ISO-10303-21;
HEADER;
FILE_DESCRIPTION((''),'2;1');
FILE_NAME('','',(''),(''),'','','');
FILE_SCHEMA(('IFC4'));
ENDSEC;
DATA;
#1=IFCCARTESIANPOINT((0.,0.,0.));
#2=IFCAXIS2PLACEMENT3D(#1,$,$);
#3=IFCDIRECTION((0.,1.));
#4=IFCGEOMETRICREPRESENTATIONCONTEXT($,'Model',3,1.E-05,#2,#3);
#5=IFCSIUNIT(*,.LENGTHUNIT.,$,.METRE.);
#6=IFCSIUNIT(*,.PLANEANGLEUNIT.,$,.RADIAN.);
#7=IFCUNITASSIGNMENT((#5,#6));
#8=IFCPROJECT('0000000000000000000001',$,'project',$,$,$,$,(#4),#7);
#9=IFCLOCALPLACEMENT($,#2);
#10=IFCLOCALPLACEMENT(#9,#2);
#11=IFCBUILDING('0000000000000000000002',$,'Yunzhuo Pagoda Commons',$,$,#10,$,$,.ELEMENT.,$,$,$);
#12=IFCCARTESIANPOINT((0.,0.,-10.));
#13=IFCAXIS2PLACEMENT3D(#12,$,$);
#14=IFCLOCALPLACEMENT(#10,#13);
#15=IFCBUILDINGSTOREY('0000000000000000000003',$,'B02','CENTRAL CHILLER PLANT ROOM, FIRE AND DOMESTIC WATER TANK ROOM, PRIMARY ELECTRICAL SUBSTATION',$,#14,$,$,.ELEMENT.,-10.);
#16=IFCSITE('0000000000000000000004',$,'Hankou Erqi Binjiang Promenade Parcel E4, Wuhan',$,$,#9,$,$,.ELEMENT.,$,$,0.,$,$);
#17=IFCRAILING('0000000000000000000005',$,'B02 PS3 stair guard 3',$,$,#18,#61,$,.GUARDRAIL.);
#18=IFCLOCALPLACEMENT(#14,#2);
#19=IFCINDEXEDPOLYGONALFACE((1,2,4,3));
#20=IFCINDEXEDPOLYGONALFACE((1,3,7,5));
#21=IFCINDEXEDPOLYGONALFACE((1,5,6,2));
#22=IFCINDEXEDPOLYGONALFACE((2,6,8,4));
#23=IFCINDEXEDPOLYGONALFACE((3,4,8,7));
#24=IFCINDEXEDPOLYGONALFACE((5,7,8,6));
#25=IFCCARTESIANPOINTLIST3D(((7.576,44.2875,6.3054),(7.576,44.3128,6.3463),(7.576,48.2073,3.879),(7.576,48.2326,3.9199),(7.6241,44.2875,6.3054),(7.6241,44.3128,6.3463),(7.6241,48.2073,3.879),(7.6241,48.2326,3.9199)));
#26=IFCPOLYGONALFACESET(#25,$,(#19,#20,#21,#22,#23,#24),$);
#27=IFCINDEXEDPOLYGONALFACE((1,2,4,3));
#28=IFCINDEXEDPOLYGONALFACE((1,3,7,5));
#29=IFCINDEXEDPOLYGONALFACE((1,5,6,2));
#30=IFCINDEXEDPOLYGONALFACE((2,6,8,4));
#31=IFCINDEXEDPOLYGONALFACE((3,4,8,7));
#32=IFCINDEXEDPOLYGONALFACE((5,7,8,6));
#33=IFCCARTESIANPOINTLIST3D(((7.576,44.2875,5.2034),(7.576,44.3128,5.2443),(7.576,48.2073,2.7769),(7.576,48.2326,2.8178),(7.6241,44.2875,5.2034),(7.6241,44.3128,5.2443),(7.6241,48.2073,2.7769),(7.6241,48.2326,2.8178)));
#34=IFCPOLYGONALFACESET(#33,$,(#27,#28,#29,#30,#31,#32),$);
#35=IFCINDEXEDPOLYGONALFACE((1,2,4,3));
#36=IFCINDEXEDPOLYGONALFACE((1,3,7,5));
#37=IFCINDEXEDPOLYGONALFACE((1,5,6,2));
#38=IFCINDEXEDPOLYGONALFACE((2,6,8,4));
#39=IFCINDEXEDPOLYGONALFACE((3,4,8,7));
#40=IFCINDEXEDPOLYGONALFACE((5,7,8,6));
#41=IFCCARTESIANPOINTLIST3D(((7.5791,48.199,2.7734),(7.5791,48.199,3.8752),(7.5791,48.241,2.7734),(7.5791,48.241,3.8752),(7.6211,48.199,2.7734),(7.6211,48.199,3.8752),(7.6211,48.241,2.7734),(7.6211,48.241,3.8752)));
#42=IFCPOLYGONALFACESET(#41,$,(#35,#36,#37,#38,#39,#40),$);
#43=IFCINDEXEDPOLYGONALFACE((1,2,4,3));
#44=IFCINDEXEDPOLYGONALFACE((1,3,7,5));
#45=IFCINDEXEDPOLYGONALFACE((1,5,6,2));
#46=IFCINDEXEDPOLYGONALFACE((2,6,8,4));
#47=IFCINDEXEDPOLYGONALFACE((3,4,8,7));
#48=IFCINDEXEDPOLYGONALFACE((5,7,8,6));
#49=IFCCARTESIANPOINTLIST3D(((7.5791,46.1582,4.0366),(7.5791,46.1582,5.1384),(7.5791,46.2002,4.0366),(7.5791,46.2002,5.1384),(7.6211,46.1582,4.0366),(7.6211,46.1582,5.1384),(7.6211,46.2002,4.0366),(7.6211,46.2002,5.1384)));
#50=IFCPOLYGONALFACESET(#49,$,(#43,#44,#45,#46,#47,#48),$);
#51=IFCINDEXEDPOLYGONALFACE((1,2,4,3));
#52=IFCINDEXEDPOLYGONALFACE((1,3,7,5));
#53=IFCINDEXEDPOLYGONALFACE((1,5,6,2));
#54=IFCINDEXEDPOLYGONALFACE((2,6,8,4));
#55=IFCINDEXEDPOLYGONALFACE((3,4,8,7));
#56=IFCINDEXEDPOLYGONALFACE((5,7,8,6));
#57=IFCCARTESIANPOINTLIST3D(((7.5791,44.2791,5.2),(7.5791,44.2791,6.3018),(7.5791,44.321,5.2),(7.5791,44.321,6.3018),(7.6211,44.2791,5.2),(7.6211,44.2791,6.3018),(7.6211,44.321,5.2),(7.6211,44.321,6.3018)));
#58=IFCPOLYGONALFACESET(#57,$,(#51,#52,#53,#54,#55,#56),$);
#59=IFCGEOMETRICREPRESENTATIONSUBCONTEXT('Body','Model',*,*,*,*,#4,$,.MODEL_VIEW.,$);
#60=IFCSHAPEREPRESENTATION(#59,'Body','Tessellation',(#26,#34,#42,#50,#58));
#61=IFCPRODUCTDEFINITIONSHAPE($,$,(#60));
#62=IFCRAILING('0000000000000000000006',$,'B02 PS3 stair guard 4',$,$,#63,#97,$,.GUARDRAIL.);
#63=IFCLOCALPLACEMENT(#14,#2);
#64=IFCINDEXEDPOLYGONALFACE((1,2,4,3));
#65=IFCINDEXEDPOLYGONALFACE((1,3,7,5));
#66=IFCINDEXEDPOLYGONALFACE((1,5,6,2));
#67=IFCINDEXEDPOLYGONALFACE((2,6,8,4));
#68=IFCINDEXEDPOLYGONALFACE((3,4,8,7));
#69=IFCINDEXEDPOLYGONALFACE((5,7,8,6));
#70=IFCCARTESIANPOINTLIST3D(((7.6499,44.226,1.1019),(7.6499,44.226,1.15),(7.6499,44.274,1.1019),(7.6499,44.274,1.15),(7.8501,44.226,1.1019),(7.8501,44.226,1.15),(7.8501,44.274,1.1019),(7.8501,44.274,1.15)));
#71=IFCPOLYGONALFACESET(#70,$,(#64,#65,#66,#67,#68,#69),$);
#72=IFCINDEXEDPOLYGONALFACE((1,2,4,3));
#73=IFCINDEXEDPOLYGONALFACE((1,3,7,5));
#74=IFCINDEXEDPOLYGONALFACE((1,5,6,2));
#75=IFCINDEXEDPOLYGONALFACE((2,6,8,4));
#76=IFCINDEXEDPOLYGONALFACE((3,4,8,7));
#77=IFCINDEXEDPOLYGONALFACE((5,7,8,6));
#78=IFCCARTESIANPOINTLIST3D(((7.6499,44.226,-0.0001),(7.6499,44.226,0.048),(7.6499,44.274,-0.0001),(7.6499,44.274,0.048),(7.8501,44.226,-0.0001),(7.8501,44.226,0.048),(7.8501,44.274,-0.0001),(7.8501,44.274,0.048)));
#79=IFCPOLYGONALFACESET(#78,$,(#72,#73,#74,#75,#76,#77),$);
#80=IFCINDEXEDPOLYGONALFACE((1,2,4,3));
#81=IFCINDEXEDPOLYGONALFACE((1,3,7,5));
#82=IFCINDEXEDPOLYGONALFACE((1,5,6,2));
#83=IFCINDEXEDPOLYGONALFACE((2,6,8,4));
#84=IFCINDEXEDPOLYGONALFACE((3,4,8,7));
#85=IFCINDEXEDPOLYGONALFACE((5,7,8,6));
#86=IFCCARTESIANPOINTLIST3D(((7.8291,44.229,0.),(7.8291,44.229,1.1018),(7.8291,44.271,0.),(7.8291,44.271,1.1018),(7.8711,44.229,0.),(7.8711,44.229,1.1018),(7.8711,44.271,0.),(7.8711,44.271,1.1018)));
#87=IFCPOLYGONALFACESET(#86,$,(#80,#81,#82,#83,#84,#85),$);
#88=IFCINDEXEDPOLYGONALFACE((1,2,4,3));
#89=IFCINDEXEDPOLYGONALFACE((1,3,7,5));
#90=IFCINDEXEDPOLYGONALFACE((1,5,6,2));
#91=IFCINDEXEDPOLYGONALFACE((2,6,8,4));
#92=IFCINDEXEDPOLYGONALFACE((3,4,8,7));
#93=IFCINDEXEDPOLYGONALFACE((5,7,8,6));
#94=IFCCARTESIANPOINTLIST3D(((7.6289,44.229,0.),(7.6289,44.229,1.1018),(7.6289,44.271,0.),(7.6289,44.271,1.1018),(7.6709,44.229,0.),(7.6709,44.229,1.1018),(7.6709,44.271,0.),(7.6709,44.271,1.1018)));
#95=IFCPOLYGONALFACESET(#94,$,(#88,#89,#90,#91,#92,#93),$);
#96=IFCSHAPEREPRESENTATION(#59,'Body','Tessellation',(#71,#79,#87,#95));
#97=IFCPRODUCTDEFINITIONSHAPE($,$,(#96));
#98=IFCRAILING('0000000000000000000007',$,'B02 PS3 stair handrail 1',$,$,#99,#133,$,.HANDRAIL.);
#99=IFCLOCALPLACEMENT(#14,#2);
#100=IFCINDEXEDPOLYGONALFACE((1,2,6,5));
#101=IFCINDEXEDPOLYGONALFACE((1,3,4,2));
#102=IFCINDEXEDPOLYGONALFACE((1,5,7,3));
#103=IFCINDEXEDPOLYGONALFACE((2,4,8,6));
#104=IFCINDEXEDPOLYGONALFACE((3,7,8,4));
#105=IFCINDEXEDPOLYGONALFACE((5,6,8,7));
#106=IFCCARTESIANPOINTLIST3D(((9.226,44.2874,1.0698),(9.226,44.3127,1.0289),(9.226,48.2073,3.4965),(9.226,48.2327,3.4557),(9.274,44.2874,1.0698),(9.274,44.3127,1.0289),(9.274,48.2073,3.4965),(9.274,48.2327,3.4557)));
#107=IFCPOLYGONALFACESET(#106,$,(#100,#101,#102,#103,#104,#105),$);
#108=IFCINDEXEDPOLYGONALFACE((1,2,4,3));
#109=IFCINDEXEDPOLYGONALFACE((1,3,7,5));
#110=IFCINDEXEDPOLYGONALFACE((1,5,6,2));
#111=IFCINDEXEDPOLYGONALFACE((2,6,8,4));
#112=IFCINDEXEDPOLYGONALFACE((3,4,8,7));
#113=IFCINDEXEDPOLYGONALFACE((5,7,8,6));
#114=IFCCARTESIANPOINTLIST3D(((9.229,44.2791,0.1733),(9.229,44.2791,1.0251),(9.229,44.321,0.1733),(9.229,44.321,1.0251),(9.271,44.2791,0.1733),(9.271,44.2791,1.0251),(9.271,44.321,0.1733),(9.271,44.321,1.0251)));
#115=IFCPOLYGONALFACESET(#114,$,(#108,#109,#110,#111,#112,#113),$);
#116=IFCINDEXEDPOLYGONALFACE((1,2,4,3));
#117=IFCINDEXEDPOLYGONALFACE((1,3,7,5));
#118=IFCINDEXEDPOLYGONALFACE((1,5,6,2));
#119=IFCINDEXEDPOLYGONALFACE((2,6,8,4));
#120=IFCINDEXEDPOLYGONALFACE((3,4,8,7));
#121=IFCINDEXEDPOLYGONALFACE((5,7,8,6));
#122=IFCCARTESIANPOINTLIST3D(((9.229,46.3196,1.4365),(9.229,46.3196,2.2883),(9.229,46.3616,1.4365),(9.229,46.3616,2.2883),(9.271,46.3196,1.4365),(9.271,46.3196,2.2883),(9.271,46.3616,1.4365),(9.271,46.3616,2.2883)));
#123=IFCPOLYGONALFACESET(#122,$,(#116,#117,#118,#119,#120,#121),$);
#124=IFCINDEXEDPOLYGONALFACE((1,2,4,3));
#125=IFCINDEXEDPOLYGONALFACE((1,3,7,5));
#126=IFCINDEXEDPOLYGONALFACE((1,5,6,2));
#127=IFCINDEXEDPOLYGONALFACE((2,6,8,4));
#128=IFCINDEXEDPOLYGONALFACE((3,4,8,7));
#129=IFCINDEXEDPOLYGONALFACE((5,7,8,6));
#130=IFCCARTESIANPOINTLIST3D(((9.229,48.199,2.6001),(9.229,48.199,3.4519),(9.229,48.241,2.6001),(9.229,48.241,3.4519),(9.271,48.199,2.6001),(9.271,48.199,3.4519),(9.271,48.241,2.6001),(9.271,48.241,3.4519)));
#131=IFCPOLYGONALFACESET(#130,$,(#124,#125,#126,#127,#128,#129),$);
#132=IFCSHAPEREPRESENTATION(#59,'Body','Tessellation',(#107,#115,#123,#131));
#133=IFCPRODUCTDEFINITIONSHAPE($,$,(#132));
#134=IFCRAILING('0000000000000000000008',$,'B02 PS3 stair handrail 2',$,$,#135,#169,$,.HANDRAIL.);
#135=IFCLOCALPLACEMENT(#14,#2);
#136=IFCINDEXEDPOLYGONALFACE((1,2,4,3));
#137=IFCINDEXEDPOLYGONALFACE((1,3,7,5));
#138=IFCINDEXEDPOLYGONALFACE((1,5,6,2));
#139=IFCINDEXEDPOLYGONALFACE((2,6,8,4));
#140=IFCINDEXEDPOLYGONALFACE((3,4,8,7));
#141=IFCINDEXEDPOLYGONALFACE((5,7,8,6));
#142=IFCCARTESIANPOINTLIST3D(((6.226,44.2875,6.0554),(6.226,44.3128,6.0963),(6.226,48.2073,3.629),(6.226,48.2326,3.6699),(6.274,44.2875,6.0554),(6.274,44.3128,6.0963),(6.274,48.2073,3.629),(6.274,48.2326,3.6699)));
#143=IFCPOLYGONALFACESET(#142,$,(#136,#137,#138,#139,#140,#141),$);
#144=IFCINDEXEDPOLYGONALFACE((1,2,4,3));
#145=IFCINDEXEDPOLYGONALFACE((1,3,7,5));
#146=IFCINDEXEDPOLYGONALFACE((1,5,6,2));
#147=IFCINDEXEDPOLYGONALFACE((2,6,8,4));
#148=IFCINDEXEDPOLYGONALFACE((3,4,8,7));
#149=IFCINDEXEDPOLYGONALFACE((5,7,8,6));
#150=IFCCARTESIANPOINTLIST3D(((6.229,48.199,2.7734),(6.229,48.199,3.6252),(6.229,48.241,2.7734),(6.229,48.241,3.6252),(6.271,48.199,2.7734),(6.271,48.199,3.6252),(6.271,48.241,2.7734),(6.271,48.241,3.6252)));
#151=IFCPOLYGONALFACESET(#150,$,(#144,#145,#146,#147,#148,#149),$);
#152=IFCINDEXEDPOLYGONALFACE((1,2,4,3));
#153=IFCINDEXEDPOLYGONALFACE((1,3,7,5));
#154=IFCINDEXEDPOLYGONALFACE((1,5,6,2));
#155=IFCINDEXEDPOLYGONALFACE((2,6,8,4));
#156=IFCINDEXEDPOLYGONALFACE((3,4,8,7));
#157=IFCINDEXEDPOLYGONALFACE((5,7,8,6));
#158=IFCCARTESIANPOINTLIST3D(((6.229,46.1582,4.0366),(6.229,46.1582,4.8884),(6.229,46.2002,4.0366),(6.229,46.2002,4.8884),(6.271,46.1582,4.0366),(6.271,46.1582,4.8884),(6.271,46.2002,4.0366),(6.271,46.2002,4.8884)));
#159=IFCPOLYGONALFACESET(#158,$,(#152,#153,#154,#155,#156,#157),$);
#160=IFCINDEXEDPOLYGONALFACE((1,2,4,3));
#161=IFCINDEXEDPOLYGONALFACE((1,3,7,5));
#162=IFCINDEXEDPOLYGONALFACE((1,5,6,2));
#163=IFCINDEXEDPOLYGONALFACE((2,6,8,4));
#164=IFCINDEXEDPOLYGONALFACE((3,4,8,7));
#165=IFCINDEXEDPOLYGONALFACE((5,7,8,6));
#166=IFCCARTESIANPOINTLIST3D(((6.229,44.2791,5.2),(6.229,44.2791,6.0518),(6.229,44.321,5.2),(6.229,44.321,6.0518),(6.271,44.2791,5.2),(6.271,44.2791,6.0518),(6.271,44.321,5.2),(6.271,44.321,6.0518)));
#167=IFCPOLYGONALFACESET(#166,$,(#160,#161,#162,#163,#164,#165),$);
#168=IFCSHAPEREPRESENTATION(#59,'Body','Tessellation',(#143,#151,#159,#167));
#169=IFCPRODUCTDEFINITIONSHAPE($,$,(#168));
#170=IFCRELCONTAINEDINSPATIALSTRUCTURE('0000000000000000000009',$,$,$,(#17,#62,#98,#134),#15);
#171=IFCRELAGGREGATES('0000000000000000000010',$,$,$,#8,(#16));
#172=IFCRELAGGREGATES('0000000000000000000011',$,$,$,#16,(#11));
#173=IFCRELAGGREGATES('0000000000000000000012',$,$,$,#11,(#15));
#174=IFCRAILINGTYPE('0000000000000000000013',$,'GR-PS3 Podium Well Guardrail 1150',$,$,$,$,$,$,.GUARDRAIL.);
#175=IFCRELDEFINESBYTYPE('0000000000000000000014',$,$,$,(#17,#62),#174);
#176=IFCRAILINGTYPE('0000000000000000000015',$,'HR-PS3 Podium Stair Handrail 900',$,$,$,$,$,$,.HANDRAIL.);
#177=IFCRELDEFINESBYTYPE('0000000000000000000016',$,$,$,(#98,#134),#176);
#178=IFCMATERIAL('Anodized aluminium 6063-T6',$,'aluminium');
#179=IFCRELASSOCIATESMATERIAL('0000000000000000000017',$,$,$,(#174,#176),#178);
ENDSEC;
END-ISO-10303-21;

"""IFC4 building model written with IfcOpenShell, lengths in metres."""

from ifc_helpers import new_model, si_unit, direction, frame, origin, origin_2d, place, context, subcontext, project, spatial, rectangle, extrude, material, type_object, element, save


model = new_model("IFC4")

# Units and contexts
model_context = context("Model", 3, precision=1e-05, world=origin(), true_north=direction((0.0, 1.0)))
body_context = subcontext(model_context, "Body", "Model", "MODEL_VIEW")
ifc_project = project(units=[si_unit("LENGTHUNIT", "METRE"), si_unit("PLANEANGLEUNIT", "RADIAN")], contexts=[model_context])

# Site, building, storey
site_placement = place(None, origin())
site = spatial("IfcSite", under=ifc_project, at=site_placement, Name="Hankou Erqi Binjiang Promenade Parcel E4, Wuhan", CompositionType="ELEMENT", RefElevation=0.0)
building_placement = place(site_placement, origin())
building = spatial("IfcBuilding", under=site, at=building_placement, Name="Yunzhuo Pagoda Commons", CompositionType="ELEMENT")
storey_placement = place(building_placement, frame((0.0, 0.0, -10.0)))
storey = spatial("IfcBuildingStorey", under=building, at=storey_placement, Name="B02", Description="CENTRAL CHILLER PLANT ROOM, FIRE AND DOMESTIC WATER TANK ROOM, PRIMARY ELECTRICAL SUBSTATION", CompositionType="ELEMENT", Elevation=-10.0)

# Railings
ifc_material_1 = material(Name="Anodized aluminium 6063-T6", Category="aluminium")
railing_type_1 = type_object("IfcRailingType", Name="GR-PS3 Podium Well Guardrail 1150", PredefinedType="GUARDRAIL", material=ifc_material_1)
railing_1_placement = place(storey_placement, frame((7.6001, 48.22, 2.7734)))
element("IfcRailing", 1, at=railing_1_placement, inside=storey, type_object=railing_type_1, Name="B02 PS3 stair guard 3", PredefinedType="GUARDRAIL", context=body_context, shape_type="SweptSolid", body=[
    extrude(rectangle(XDim=0.0481, YDim=0.0481, at=origin_2d()), frame((0.0, 0.0, 1.126), z_axis=(0.0, -0.850275, 0.526338), x_axis=(1.0, 0.0, 0.0)), (0.0, 0.0, 1.0), 4.6101),
    extrude(rectangle(XDim=0.0481, YDim=0.0481, at=origin_2d()), frame((0.0, 0.0, 0.0239), z_axis=(0.0, -0.850275, 0.526338), x_axis=(1.0, 0.0, 0.0)), (0.0, 0.0, 1.0), 4.6101),
    extrude(rectangle(XDim=0.042, YDim=0.042, at=origin_2d()), origin(), (0.0, 0.0, 1.0), 1.1018),
    extrude(rectangle(XDim=0.042, YDim=0.042, at=origin_2d()), frame((0.0, -2.0408, 1.2632)), (0.0, 0.0, 1.0), 1.1018),
    extrude(rectangle(XDim=0.042, YDim=0.042, at=origin_2d()), frame((0.0, -3.9199, 2.4265)), (0.0, 0.0, 1.0), 1.1018),
])
railing_2_placement = place(storey_placement, frame((7.8501, 44.25, 0.0)))
element("IfcRailing", 2, at=railing_2_placement, inside=storey, type_object=railing_type_1, Name="B02 PS3 stair guard 4", PredefinedType="GUARDRAIL", context=body_context, shape_type="SweptSolid", body=[
    extrude(rectangle(XDim=0.0481, YDim=0.0481, at=origin_2d()), frame((0.0, 0.0, 1.126), z_axis=(-1.0, 0.0, 0.0), x_axis=(0.0, -1.0, 0.0)), (0.0, 0.0, 1.0), 0.2002),
    extrude(rectangle(XDim=0.0481, YDim=0.0481, at=origin_2d()), frame((0.0, 0.0, 0.0239), z_axis=(-1.0, 0.0, 0.0), x_axis=(0.0, -1.0, 0.0)), (0.0, 0.0, 1.0), 0.2002),
    extrude(rectangle(XDim=0.042, YDim=0.042, at=origin_2d()), origin(), (0.0, 0.0, 1.0), 1.1018),
    extrude(rectangle(XDim=0.042, YDim=0.042, at=origin_2d()), frame((-0.2002, 0.0, 0.0)), (0.0, 0.0, 1.0), 1.1018),
])
railing_type_2 = type_object("IfcRailingType", Name="HR-PS3 Podium Stair Handrail 900", PredefinedType="HANDRAIL", material=ifc_material_1)
railing_3_placement = place(storey_placement, frame((9.25, 44.3, 0.1733)))
element("IfcRailing", 3, at=railing_3_placement, inside=storey, type_object=railing_type_2, Name="B02 PS3 stair handrail 1", PredefinedType="HANDRAIL", context=body_context, shape_type="SweptSolid", body=[
    extrude(rectangle(XDim=0.0481, YDim=0.0481, at=origin_2d()), frame((0.0, 0.0, 0.876), z_axis=(0.0, 0.850252, 0.526376), x_axis=(-1.0, 0.0, 0.0)), (0.0, 0.0, 1.0), 4.6104),
    extrude(rectangle(XDim=0.042, YDim=0.042, at=origin_2d()), origin(), (0.0, 0.0, 1.0), 0.8518),
    extrude(rectangle(XDim=0.042, YDim=0.042, at=origin_2d()), frame((0.0, 2.0405, 1.2632)), (0.0, 0.0, 1.0), 0.8518),
    extrude(rectangle(XDim=0.042, YDim=0.042, at=origin_2d()), frame((0.0, 3.9199, 2.4268)), (0.0, 0.0, 1.0), 0.8518),
])
railing_4_placement = place(storey_placement, frame((6.25, 48.22, 2.7734)))
element("IfcRailing", 4, at=railing_4_placement, inside=storey, type_object=railing_type_2, Name="B02 PS3 stair handrail 2", PredefinedType="HANDRAIL", context=body_context, shape_type="SweptSolid", body=[
    extrude(rectangle(XDim=0.0481, YDim=0.0481, at=origin_2d()), frame((0.0, 0.0, 0.876), z_axis=(0.0, -0.850275, 0.526338), x_axis=(1.0, 0.0, 0.0)), (0.0, 0.0, 1.0), 4.6101),
    extrude(rectangle(XDim=0.042, YDim=0.042, at=origin_2d()), origin(), (0.0, 0.0, 1.0), 0.8518),
    extrude(rectangle(XDim=0.042, YDim=0.042, at=origin_2d()), frame((0.0, -2.0408, 1.2632)), (0.0, 0.0, 1.0), 0.8518),
    extrude(rectangle(XDim=0.042, YDim=0.042, at=origin_2d()), frame((0.0, -3.9199, 2.4265)), (0.0, 0.0, 1.0), 0.8518),
])

save(model, "model.ifc")
